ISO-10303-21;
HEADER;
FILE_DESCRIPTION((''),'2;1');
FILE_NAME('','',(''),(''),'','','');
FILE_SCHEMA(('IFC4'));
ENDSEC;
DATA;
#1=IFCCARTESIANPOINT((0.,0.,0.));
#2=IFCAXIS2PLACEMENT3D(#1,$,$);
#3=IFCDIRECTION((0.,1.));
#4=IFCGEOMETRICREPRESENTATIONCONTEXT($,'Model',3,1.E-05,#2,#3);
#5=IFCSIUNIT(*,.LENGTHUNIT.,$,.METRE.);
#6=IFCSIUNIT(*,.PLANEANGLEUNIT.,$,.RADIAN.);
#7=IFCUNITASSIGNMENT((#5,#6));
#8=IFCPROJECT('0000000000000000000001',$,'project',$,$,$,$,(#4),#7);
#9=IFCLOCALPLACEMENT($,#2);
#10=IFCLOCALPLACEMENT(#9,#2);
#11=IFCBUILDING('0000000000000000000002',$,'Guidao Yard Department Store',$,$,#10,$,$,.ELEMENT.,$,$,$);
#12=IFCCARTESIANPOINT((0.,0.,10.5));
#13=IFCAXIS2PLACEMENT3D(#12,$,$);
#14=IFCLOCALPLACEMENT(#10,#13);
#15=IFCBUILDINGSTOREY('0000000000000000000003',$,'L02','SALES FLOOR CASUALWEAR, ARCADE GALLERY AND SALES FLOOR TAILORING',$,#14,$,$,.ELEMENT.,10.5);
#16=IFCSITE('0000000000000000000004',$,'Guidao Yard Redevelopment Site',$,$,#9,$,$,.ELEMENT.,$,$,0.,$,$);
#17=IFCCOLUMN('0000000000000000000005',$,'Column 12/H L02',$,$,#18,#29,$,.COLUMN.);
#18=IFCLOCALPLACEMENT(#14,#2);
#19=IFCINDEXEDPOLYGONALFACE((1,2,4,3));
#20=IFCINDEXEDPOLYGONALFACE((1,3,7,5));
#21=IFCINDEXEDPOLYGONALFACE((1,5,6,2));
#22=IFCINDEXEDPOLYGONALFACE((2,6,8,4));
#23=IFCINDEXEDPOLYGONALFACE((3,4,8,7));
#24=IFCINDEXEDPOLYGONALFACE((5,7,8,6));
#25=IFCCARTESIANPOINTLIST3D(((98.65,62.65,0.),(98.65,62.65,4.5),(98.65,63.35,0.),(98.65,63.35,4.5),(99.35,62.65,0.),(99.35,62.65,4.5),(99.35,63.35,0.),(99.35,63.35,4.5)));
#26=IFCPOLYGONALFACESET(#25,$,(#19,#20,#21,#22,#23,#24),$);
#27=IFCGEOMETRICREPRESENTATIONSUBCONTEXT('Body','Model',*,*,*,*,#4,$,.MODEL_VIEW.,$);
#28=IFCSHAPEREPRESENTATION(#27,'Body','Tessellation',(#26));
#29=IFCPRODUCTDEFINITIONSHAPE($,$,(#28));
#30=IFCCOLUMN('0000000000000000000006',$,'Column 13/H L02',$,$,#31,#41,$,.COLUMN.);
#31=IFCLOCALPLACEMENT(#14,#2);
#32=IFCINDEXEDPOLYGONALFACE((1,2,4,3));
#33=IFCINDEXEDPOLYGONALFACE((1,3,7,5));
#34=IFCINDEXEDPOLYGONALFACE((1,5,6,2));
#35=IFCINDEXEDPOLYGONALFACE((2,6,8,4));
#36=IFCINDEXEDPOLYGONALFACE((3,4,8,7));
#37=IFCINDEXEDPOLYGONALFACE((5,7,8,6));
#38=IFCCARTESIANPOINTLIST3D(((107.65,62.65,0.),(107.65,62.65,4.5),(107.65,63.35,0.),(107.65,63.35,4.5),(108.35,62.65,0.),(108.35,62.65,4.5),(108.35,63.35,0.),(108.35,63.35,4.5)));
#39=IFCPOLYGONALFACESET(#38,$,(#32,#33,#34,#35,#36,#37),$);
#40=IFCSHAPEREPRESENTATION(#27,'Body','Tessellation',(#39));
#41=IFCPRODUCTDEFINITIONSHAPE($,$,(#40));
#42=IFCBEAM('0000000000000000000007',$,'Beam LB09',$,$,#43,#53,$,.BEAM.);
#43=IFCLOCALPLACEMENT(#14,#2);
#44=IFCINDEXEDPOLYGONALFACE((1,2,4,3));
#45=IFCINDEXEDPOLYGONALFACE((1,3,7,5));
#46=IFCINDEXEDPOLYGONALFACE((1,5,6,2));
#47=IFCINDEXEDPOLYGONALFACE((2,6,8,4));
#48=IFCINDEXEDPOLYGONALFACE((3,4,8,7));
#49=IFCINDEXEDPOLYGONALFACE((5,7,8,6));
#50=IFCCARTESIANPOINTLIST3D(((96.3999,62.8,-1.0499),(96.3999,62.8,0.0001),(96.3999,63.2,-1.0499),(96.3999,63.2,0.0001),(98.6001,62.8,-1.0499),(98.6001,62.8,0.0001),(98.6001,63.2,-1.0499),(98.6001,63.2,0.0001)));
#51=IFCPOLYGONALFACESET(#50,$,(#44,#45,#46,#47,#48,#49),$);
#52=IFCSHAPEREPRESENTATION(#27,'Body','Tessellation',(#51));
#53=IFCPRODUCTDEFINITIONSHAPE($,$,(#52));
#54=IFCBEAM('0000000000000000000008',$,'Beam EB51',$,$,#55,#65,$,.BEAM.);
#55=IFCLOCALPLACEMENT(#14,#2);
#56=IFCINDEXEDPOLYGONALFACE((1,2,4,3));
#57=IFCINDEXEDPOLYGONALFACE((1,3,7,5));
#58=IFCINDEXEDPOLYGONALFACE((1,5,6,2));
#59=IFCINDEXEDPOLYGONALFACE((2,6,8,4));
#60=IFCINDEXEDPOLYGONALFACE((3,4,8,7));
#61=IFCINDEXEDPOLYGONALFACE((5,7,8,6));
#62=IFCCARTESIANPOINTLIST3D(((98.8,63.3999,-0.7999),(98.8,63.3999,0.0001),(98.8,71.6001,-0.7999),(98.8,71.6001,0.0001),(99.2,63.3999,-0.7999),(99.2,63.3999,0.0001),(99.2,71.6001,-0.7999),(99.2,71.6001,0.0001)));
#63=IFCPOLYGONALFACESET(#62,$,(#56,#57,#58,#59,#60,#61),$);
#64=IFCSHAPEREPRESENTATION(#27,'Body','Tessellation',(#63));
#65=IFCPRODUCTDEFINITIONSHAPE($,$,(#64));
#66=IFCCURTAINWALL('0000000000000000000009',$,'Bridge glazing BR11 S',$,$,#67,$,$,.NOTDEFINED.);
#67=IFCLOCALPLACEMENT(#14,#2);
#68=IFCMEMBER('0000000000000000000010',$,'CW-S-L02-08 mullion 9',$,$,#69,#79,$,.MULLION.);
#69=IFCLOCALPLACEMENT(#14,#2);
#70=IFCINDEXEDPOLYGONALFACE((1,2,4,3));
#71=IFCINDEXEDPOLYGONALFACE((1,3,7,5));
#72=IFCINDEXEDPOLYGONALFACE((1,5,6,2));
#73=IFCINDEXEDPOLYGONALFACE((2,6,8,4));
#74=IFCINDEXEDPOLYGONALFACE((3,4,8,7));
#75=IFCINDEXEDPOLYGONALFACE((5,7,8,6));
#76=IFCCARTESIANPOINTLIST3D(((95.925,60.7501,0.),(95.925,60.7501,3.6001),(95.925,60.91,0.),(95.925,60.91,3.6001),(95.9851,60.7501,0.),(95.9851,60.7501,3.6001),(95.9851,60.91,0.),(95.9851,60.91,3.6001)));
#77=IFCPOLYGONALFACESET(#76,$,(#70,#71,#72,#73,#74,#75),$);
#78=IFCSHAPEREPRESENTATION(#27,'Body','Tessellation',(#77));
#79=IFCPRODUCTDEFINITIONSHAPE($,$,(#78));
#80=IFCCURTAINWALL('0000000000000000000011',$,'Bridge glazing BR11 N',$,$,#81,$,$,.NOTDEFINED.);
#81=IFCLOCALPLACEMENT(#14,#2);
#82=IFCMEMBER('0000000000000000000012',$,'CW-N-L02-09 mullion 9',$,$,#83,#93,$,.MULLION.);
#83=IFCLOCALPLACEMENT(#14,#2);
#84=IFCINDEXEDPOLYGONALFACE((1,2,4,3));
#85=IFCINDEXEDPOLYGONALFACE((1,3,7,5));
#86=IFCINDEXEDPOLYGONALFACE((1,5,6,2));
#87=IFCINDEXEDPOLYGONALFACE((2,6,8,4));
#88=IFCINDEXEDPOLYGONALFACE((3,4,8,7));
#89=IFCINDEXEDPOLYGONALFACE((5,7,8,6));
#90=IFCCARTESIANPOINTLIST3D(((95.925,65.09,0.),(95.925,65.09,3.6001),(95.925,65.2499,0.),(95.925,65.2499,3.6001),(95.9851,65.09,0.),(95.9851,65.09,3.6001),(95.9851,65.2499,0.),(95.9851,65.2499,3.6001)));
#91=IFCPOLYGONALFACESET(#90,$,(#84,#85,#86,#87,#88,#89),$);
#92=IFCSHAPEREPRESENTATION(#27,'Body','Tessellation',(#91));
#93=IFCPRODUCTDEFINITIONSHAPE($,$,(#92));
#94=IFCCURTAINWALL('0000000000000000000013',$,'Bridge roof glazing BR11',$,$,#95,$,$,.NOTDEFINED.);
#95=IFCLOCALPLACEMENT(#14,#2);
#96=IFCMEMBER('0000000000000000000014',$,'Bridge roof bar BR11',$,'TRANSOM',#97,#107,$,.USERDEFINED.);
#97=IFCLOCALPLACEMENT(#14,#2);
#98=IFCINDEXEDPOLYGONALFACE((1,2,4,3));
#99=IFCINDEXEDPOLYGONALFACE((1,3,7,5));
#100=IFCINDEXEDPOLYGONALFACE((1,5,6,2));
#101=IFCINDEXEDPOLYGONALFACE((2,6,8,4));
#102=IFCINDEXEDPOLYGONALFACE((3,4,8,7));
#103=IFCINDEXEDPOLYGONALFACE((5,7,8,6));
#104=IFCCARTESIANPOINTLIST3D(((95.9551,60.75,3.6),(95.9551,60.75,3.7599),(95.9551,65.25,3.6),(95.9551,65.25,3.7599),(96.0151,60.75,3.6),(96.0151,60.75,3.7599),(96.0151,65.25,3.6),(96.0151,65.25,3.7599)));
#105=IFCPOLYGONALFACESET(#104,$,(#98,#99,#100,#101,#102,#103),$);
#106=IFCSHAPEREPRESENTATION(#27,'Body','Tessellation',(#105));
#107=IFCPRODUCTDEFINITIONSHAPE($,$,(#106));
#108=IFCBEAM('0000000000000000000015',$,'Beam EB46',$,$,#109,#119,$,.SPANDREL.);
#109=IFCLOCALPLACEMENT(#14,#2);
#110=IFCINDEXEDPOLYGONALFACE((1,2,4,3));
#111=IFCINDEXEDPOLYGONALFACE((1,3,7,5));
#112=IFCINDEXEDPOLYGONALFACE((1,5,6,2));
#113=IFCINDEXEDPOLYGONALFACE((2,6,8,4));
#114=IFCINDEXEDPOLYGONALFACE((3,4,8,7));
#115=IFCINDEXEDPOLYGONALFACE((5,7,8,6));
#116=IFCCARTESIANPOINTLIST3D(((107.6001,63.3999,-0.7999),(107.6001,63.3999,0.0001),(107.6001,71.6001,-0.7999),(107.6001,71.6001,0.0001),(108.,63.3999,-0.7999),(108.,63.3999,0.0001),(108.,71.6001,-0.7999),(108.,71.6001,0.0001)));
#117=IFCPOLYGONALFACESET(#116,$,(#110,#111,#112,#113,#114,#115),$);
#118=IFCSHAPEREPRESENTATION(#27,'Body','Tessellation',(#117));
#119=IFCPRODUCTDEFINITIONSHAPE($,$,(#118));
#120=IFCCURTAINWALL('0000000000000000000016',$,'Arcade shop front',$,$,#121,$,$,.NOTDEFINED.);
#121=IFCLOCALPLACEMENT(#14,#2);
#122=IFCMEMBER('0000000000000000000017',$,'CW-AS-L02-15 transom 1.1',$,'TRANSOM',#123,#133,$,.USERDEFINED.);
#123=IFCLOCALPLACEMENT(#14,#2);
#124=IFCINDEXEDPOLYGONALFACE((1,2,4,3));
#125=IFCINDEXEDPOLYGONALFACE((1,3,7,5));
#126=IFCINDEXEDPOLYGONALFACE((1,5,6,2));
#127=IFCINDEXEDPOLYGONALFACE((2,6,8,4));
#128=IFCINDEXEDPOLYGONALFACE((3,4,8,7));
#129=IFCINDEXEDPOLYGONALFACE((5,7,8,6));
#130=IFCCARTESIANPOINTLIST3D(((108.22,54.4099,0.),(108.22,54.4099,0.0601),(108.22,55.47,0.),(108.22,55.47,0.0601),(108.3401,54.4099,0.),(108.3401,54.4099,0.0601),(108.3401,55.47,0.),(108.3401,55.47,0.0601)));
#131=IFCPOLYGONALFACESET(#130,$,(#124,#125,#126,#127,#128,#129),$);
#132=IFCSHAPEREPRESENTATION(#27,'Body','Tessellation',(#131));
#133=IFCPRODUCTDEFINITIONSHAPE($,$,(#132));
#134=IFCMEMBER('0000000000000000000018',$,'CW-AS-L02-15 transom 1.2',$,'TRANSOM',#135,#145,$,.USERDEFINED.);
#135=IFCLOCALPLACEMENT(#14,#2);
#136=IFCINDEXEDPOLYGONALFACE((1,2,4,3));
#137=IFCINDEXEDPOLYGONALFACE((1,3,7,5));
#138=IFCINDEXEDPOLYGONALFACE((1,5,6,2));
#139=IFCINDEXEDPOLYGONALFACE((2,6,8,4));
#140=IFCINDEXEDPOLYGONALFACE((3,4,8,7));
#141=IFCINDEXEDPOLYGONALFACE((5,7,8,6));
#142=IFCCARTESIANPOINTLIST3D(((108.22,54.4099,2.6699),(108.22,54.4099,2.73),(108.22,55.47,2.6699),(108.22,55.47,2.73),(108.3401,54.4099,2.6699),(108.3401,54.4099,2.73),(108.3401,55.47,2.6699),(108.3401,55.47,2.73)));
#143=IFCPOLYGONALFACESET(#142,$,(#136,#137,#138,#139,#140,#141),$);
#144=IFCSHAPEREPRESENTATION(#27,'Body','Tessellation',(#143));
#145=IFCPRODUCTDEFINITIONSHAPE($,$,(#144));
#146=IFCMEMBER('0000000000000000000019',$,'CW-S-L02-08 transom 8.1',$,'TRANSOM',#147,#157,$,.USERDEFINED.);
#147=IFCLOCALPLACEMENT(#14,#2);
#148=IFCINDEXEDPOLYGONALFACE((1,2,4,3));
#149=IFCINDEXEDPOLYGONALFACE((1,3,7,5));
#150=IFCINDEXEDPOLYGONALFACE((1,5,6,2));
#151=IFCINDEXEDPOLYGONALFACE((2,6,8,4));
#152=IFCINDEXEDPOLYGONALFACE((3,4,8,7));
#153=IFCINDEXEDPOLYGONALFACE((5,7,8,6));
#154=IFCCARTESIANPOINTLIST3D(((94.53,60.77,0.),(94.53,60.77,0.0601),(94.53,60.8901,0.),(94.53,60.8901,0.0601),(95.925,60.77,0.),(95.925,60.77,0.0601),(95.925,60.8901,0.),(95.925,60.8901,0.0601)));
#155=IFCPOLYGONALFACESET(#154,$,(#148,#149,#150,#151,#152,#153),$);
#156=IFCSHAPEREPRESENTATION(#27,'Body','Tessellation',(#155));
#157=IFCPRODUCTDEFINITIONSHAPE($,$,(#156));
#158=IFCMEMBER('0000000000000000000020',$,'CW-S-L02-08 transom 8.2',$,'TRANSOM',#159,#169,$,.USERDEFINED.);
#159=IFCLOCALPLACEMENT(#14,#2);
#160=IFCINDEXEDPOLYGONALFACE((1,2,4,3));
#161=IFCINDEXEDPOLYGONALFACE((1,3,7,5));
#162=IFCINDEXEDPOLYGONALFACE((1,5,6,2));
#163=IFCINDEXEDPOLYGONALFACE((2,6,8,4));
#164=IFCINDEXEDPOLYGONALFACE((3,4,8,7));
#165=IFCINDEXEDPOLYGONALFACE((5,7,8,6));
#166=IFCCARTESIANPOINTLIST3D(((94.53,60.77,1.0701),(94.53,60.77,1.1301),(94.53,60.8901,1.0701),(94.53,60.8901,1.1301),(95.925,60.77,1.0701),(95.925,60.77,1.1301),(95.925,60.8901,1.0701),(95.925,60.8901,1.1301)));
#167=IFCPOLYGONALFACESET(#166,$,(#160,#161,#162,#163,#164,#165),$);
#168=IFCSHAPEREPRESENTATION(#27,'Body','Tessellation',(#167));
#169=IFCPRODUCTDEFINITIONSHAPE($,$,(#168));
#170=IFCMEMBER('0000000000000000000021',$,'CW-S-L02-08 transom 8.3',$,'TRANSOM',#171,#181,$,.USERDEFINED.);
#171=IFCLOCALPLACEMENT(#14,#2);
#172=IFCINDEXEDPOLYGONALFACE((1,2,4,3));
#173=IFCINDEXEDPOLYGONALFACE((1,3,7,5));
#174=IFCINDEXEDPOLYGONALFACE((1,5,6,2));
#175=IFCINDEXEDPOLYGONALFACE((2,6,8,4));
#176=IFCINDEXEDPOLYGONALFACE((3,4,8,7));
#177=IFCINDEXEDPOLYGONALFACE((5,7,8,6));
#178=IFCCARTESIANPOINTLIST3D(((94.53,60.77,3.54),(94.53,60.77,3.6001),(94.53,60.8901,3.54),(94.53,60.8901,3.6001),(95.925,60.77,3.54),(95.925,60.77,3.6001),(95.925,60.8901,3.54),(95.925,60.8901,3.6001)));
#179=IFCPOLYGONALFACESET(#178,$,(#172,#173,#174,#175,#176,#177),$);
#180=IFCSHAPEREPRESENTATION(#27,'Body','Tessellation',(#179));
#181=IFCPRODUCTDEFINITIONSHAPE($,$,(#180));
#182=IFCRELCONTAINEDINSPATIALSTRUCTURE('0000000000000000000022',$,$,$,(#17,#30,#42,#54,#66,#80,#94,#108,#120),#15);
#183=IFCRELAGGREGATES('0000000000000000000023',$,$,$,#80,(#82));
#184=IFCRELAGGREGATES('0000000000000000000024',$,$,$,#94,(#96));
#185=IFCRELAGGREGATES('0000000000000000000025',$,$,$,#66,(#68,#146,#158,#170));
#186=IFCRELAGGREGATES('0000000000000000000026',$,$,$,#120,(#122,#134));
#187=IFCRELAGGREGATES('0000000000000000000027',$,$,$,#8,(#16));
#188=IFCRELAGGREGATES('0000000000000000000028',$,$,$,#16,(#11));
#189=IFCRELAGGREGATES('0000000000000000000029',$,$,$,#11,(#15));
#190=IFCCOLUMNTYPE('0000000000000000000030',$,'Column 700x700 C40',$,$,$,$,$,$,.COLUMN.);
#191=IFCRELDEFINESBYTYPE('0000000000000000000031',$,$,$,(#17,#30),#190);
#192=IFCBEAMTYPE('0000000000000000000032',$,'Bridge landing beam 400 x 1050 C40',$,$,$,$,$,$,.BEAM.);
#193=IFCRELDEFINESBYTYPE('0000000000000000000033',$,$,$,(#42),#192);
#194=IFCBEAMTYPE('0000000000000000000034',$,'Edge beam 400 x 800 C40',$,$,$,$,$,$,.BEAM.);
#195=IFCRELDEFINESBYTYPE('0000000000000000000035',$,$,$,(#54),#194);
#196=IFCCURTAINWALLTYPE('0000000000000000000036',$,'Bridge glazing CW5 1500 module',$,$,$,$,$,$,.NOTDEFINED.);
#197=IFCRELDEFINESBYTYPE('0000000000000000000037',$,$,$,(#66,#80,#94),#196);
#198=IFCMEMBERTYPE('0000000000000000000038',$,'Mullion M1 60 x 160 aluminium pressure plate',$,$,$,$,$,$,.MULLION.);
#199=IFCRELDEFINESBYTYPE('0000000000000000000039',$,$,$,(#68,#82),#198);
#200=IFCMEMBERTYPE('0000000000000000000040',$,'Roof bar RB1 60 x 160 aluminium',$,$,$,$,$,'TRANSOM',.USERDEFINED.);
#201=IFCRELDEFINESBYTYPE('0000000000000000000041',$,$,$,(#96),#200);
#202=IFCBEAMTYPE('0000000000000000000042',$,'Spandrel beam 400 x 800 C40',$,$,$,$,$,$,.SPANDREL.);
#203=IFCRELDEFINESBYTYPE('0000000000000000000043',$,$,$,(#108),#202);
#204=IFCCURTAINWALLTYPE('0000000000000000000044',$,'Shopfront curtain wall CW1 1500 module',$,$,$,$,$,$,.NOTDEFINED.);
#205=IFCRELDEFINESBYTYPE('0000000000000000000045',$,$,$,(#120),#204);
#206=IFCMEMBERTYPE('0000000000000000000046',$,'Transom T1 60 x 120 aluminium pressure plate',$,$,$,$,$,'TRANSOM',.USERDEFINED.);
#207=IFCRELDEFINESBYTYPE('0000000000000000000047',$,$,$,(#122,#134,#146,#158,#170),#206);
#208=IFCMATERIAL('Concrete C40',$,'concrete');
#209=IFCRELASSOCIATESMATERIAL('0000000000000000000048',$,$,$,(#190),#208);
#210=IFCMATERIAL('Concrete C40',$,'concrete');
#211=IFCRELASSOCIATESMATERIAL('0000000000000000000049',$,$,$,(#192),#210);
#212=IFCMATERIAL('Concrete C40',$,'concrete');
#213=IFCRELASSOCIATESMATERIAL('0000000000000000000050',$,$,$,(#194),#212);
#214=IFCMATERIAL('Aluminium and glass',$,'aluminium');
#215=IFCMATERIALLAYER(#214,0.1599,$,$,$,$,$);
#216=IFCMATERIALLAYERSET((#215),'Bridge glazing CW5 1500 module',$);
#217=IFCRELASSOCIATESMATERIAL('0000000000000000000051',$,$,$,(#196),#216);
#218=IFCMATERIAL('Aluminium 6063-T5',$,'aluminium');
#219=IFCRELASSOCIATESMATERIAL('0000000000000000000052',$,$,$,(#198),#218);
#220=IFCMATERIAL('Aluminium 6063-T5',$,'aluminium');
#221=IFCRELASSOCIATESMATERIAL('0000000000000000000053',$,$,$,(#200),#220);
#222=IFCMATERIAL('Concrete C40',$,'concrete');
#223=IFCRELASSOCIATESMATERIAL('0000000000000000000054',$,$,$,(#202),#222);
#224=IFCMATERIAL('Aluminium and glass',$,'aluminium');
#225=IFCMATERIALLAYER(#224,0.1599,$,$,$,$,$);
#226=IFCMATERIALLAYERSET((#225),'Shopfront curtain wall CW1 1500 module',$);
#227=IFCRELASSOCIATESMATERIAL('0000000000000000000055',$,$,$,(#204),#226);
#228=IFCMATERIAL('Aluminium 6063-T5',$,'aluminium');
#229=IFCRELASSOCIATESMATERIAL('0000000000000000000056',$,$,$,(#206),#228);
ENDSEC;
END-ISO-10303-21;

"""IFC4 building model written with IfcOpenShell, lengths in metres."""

from ifc_helpers import new_model, si_unit, direction, frame, origin, origin_2d, place, context, subcontext, project, spatial, rectangle, extrude, material, layer, layer_set, material_profile, profile_set, type_object, element, aggregate, save


model = new_model("IFC4")

# Units and contexts
model_context = context("Model", 3, precision=1e-05, world=origin(), true_north=direction((0.0, 1.0)))
body_context = subcontext(model_context, "Body", "Model", "MODEL_VIEW")
ifc_project = project(units=[si_unit("LENGTHUNIT", "METRE"), si_unit("PLANEANGLEUNIT", "RADIAN")], contexts=[model_context])

# Site, building, storey
site_placement = place(None, origin())
site = spatial("IfcSite", under=ifc_project, at=site_placement, Name="Guidao Yard Redevelopment Site", CompositionType="ELEMENT", RefElevation=0.0)
building_placement = place(site_placement, origin())
building = spatial("IfcBuilding", under=site, at=building_placement, Name="Guidao Yard Department Store", CompositionType="ELEMENT")
storey_placement = place(building_placement, frame((0.0, 0.0, 10.5)))
storey = spatial("IfcBuildingStorey", under=building, at=storey_placement, Name="L02", Description="SALES FLOOR CASUALWEAR, ARCADE GALLERY AND SALES FLOOR TAILORING", CompositionType="ELEMENT", Elevation=10.5)

# Columns
ifc_material_1 = material(Name="Concrete C40", Category="concrete")
ifc_material_profile_1 = material_profile(ifc_material_1, rectangle(XDim=0.7, YDim=0.7, at=origin_2d()), Name="COL 700x700")
ifc_profile_set_1 = profile_set([ifc_material_profile_1], Name="Concrete C40")
column_type = type_object("IfcColumnType", Name="Column 700x700 C40", PredefinedType="COLUMN", material=ifc_profile_set_1)
for number, where, z_axis, x_axis, name in (
    (1, (99.0, 63.0, 0.0), (0.0, 0.0, 1.0), (1.0, 0.0, 0.0), "Column 12/H L02"),
    (2, (108.0, 63.0, 0.0), (0.0, 0.0, 1.0), (1.0, 0.0, 0.0), "Column 13/H L02"),
):
    element("IfcColumn", number, at=place(storey_placement, frame(where, z_axis=z_axis, x_axis=x_axis)), inside=storey, type_object=column_type, Name=name, PredefinedType="COLUMN", context=body_context, shape_type="SweptSolid", body=[
        extrude(rectangle(XDim=0.7, YDim=0.7, at=origin_2d()), origin(), (0.0, 0.0, 1.0), 4.5),
    ])

# Beams
ifc_material_2 = material(Name="Concrete C40", Category="concrete")
ifc_material_profile_2 = material_profile(ifc_material_2, rectangle(XDim=0.3999, YDim=1.05, at=origin_2d()), Name="Bridge landing beam 400 x 1050 C40")
ifc_profile_set_2 = profile_set([ifc_material_profile_2], Name="Concrete C40")
beam_type_1 = type_object("IfcBeamType", Name="Bridge landing beam 400 x 1050 C40", PredefinedType="BEAM", material=ifc_profile_set_2)
beam_1_placement = place(storey_placement, frame((96.3999, 63.0, -0.5249), z_axis=(1.0, 0.0, 0.0), x_axis=(0.0, 1.0, 0.0)))
element("IfcBeam", 3, at=beam_1_placement, inside=storey, type_object=beam_type_1, Name="Beam LB09", PredefinedType="BEAM", context=body_context, shape_type="SweptSolid", body=[
    extrude(rectangle(XDim=0.3999, YDim=1.05, at=origin_2d()), origin(), (0.0, 0.0, 1.0), 2.2002),
])
ifc_material_3 = material(Name="Concrete C40", Category="concrete")
ifc_material_profile_3 = material_profile(ifc_material_3, rectangle(XDim=0.3999, YDim=0.8, at=origin_2d()), Name="Edge beam 400 x 800 C40")
ifc_profile_set_3 = profile_set([ifc_material_profile_3], Name="Concrete C40")
beam_type_2 = type_object("IfcBeamType", Name="Edge beam 400 x 800 C40", PredefinedType="BEAM", material=ifc_profile_set_3)
beam_2_placement = place(storey_placement, frame((99.0, 63.3999, -0.3999), z_axis=(0.0, 1.0, 0.0), x_axis=(-1.0, 0.0, 0.0)))
element("IfcBeam", 4, at=beam_2_placement, inside=storey, type_object=beam_type_2, Name="Beam EB51", PredefinedType="BEAM", context=body_context, shape_type="SweptSolid", body=[
    extrude(rectangle(XDim=0.3999, YDim=0.8, at=origin_2d()), origin(), (0.0, 0.0, 1.0), 8.2002),
])

# Curtain walls, members
ifc_material_4 = material(Name="Aluminium and glass", Category="aluminium")
ifc_layer_1 = layer(ifc_material_4, 0.1599)
ifc_layer_set_1 = layer_set([ifc_layer_1], Name="Bridge glazing CW5 1500 module")
curtain_wall_type_1 = type_object("IfcCurtainWallType", Name="Bridge glazing CW5 1500 module", PredefinedType="NOTDEFINED", material=ifc_layer_set_1)
curtain_wall_1_placement = place(storey_placement, origin())
curtain_wall_1 = element("IfcCurtainWall", 5, at=curtain_wall_1_placement, inside=storey, type_object=curtain_wall_type_1, Name="Bridge glazing BR11 S", PredefinedType="NOTDEFINED")
ifc_material_5 = material(Name="Aluminium 6063-T5", Category="aluminium")
ifc_material_profile_4 = material_profile(ifc_material_5, rectangle(XDim=0.0601, YDim=0.1599, at=origin_2d()), Name="Mullion M1 60 x 160 aluminium pressure plate")
ifc_profile_set_4 = profile_set([ifc_material_profile_4], Name="Aluminium 6063-T5")
member_type_1 = type_object("IfcMemberType", Name="Mullion M1 60 x 160 aluminium pressure plate", PredefinedType="MULLION", material=ifc_profile_set_4)
member_1_placement = place(storey_placement, frame((95.9551, 60.8301, 0.0), z_axis=(0.0, 0.0, 1.0), x_axis=(-1.0, 0.0, 0.0)))
member_1 = element("IfcMember", 6, at=member_1_placement, type_object=member_type_1, Name="CW-S-L02-08 mullion 9", PredefinedType="MULLION", context=body_context, shape_type="SweptSolid", body=[
    extrude(rectangle(XDim=0.0601, YDim=0.1599, at=origin_2d()), origin(), (0.0, 0.0, 1.0), 3.6001),
])
curtain_wall_2_placement = place(storey_placement, origin())
curtain_wall_2 = element("IfcCurtainWall", 7, at=curtain_wall_2_placement, inside=storey, type_object=curtain_wall_type_1, Name="Bridge glazing BR11 N", PredefinedType="NOTDEFINED")
member_2_placement = place(storey_placement, frame((95.9551, 65.1699, 0.0), z_axis=(0.0, 0.0, 1.0), x_axis=(1.0, 0.0, 0.0)))
member_2 = element("IfcMember", 8, at=member_2_placement, type_object=member_type_1, Name="CW-N-L02-09 mullion 9", PredefinedType="MULLION", context=body_context, shape_type="SweptSolid", body=[
    extrude(rectangle(XDim=0.0601, YDim=0.1599, at=origin_2d()), origin(), (0.0, 0.0, 1.0), 3.6001),
])
aggregate(curtain_wall_2, [member_2])
curtain_wall_3_placement = place(storey_placement, origin())
curtain_wall_3 = element("IfcCurtainWall", 9, at=curtain_wall_3_placement, inside=storey, type_object=curtain_wall_type_1, Name="Bridge roof glazing BR11", PredefinedType="NOTDEFINED")
ifc_material_6 = material(Name="Aluminium 6063-T5", Category="aluminium")
ifc_material_profile_5 = material_profile(ifc_material_6, rectangle(XDim=0.0601, YDim=0.1599, at=origin_2d()), Name="Roof bar RB1 60 x 160 aluminium")
ifc_profile_set_5 = profile_set([ifc_material_profile_5], Name="Aluminium 6063-T5")
member_type_2 = type_object("IfcMemberType", Name="Roof bar RB1 60 x 160 aluminium", ElementType="TRANSOM", PredefinedType="USERDEFINED", material=ifc_profile_set_5)
member_3_placement = place(storey_placement, frame((95.9851, 60.75, 3.6799), z_axis=(0.0, 1.0, 0.0), x_axis=(-1.0, 0.0, 0.0)))
member_3 = element("IfcMember", 10, at=member_3_placement, type_object=member_type_2, Name="Bridge roof bar BR11", ObjectType="TRANSOM", PredefinedType="USERDEFINED", context=body_context, shape_type="SweptSolid", body=[
    extrude(rectangle(XDim=0.0601, YDim=0.1599, at=origin_2d()), origin(), (0.0, 0.0, 1.0), 4.5),
])
aggregate(curtain_wall_3, [member_3])

# Beam
ifc_material_7 = material(Name="Concrete C40", Category="concrete")
ifc_material_profile_6 = material_profile(ifc_material_7, rectangle(XDim=0.3999, YDim=0.8, at=origin_2d()), Name="Spandrel beam 400 x 800 C40")
ifc_profile_set_6 = profile_set([ifc_material_profile_6], Name="Concrete C40")
beam_type_3 = type_object("IfcBeamType", Name="Spandrel beam 400 x 800 C40", PredefinedType="SPANDREL", material=ifc_profile_set_6)
beam_3_placement = place(storey_placement, frame((107.8, 63.3999, -0.3999), z_axis=(0.0, 1.0, 0.0), x_axis=(-1.0, 0.0, 0.0)))
element("IfcBeam", 11, at=beam_3_placement, inside=storey, type_object=beam_type_3, Name="Beam EB46", PredefinedType="SPANDREL", context=body_context, shape_type="SweptSolid", body=[
    extrude(rectangle(XDim=0.3999, YDim=0.8, at=origin_2d()), origin(), (0.0, 0.0, 1.0), 8.2002),
])

# Curtain wall, members
ifc_material_8 = material(Name="Aluminium and glass", Category="aluminium")
ifc_layer_2 = layer(ifc_material_8, 0.1599)
ifc_layer_set_2 = layer_set([ifc_layer_2], Name="Shopfront curtain wall CW1 1500 module")
curtain_wall_type_2 = type_object("IfcCurtainWallType", Name="Shopfront curtain wall CW1 1500 module", PredefinedType="NOTDEFINED", material=ifc_layer_set_2)
curtain_wall_4_placement = place(storey_placement, origin())
curtain_wall_4 = element("IfcCurtainWall", 12, at=curtain_wall_4_placement, inside=storey, type_object=curtain_wall_type_2, Name="Arcade shop front", PredefinedType="NOTDEFINED")
ifc_material_9 = material(Name="Aluminium 6063-T5", Category="aluminium")
ifc_material_profile_7 = material_profile(ifc_material_9, rectangle(XDim=0.1201, YDim=0.0601, at=origin_2d()), Name="Transom T1 60 x 120 aluminium pressure plate")
ifc_profile_set_7 = profile_set([ifc_material_profile_7], Name="Aluminium 6063-T5")
member_type_3 = type_object("IfcMemberType", Name="Transom T1 60 x 120 aluminium pressure plate", ElementType="TRANSOM", PredefinedType="USERDEFINED", material=ifc_profile_set_7)
member_4_placement = place(storey_placement, frame((108.28, 55.47, 0.03), z_axis=(0.0, -1.0, 0.0), x_axis=(1.0, 0.0, 0.0)))
member_4 = element("IfcMember", 13, at=member_4_placement, type_object=member_type_3, Name="CW-AS-L02-15 transom 1.1", ObjectType="TRANSOM", PredefinedType="USERDEFINED", context=body_context, shape_type="SweptSolid", body=[
    extrude(rectangle(XDim=0.1201, YDim=0.0601, at=origin_2d()), origin(), (0.0, 0.0, 1.0), 1.0601),
])
member_5_placement = place(storey_placement, frame((108.28, 55.47, 2.7), z_axis=(0.0, -1.0, 0.0), x_axis=(1.0, 0.0, 0.0)))
member_5 = element("IfcMember", 14, at=member_5_placement, type_object=member_type_3, Name="CW-AS-L02-15 transom 1.2", ObjectType="TRANSOM", PredefinedType="USERDEFINED", context=body_context, shape_type="SweptSolid", body=[
    extrude(rectangle(XDim=0.1201, YDim=0.0601, at=origin_2d()), origin(), (0.0, 0.0, 1.0), 1.0601),
])

# Members
member_6_placement = place(storey_placement, frame((95.925, 60.8301, 0.03), z_axis=(-1.0, 0.0, 0.0), x_axis=(0.0, -1.0, 0.0)))
member_6 = element("IfcMember", 15, at=member_6_placement, type_object=member_type_3, Name="CW-S-L02-08 transom 8.1", ObjectType="TRANSOM", PredefinedType="USERDEFINED", context=body_context, shape_type="SweptSolid", body=[
    extrude(rectangle(XDim=0.1201, YDim=0.0601, at=origin_2d()), origin(), (0.0, 0.0, 1.0), 1.395),
])
member_7_placement = place(storey_placement, frame((95.925, 60.8301, 1.1001), z_axis=(-1.0, 0.0, 0.0), x_axis=(0.0, -1.0, 0.0)))
member_7 = element("IfcMember", 16, at=member_7_placement, type_object=member_type_3, Name="CW-S-L02-08 transom 8.2", ObjectType="TRANSOM", PredefinedType="USERDEFINED", context=body_context, shape_type="SweptSolid", body=[
    extrude(rectangle(XDim=0.1201, YDim=0.0601, at=origin_2d()), origin(), (0.0, 0.0, 1.0), 1.395),
])
member_8_placement = place(storey_placement, frame((95.925, 60.8301, 3.5701), z_axis=(-1.0, 0.0, 0.0), x_axis=(0.0, -1.0, 0.0)))
member_8 = element("IfcMember", 17, at=member_8_placement, type_object=member_type_3, Name="CW-S-L02-08 transom 8.3", ObjectType="TRANSOM", PredefinedType="USERDEFINED", context=body_context, shape_type="SweptSolid", body=[
    extrude(rectangle(XDim=0.1201, YDim=0.0601, at=origin_2d()), origin(), (0.0, 0.0, 1.0), 1.395),
])
aggregate(curtain_wall_1, [member_1, member_6, member_7, member_8])

aggregate(curtain_wall_4, [member_4, member_5])

save(model, "model.ifc")
